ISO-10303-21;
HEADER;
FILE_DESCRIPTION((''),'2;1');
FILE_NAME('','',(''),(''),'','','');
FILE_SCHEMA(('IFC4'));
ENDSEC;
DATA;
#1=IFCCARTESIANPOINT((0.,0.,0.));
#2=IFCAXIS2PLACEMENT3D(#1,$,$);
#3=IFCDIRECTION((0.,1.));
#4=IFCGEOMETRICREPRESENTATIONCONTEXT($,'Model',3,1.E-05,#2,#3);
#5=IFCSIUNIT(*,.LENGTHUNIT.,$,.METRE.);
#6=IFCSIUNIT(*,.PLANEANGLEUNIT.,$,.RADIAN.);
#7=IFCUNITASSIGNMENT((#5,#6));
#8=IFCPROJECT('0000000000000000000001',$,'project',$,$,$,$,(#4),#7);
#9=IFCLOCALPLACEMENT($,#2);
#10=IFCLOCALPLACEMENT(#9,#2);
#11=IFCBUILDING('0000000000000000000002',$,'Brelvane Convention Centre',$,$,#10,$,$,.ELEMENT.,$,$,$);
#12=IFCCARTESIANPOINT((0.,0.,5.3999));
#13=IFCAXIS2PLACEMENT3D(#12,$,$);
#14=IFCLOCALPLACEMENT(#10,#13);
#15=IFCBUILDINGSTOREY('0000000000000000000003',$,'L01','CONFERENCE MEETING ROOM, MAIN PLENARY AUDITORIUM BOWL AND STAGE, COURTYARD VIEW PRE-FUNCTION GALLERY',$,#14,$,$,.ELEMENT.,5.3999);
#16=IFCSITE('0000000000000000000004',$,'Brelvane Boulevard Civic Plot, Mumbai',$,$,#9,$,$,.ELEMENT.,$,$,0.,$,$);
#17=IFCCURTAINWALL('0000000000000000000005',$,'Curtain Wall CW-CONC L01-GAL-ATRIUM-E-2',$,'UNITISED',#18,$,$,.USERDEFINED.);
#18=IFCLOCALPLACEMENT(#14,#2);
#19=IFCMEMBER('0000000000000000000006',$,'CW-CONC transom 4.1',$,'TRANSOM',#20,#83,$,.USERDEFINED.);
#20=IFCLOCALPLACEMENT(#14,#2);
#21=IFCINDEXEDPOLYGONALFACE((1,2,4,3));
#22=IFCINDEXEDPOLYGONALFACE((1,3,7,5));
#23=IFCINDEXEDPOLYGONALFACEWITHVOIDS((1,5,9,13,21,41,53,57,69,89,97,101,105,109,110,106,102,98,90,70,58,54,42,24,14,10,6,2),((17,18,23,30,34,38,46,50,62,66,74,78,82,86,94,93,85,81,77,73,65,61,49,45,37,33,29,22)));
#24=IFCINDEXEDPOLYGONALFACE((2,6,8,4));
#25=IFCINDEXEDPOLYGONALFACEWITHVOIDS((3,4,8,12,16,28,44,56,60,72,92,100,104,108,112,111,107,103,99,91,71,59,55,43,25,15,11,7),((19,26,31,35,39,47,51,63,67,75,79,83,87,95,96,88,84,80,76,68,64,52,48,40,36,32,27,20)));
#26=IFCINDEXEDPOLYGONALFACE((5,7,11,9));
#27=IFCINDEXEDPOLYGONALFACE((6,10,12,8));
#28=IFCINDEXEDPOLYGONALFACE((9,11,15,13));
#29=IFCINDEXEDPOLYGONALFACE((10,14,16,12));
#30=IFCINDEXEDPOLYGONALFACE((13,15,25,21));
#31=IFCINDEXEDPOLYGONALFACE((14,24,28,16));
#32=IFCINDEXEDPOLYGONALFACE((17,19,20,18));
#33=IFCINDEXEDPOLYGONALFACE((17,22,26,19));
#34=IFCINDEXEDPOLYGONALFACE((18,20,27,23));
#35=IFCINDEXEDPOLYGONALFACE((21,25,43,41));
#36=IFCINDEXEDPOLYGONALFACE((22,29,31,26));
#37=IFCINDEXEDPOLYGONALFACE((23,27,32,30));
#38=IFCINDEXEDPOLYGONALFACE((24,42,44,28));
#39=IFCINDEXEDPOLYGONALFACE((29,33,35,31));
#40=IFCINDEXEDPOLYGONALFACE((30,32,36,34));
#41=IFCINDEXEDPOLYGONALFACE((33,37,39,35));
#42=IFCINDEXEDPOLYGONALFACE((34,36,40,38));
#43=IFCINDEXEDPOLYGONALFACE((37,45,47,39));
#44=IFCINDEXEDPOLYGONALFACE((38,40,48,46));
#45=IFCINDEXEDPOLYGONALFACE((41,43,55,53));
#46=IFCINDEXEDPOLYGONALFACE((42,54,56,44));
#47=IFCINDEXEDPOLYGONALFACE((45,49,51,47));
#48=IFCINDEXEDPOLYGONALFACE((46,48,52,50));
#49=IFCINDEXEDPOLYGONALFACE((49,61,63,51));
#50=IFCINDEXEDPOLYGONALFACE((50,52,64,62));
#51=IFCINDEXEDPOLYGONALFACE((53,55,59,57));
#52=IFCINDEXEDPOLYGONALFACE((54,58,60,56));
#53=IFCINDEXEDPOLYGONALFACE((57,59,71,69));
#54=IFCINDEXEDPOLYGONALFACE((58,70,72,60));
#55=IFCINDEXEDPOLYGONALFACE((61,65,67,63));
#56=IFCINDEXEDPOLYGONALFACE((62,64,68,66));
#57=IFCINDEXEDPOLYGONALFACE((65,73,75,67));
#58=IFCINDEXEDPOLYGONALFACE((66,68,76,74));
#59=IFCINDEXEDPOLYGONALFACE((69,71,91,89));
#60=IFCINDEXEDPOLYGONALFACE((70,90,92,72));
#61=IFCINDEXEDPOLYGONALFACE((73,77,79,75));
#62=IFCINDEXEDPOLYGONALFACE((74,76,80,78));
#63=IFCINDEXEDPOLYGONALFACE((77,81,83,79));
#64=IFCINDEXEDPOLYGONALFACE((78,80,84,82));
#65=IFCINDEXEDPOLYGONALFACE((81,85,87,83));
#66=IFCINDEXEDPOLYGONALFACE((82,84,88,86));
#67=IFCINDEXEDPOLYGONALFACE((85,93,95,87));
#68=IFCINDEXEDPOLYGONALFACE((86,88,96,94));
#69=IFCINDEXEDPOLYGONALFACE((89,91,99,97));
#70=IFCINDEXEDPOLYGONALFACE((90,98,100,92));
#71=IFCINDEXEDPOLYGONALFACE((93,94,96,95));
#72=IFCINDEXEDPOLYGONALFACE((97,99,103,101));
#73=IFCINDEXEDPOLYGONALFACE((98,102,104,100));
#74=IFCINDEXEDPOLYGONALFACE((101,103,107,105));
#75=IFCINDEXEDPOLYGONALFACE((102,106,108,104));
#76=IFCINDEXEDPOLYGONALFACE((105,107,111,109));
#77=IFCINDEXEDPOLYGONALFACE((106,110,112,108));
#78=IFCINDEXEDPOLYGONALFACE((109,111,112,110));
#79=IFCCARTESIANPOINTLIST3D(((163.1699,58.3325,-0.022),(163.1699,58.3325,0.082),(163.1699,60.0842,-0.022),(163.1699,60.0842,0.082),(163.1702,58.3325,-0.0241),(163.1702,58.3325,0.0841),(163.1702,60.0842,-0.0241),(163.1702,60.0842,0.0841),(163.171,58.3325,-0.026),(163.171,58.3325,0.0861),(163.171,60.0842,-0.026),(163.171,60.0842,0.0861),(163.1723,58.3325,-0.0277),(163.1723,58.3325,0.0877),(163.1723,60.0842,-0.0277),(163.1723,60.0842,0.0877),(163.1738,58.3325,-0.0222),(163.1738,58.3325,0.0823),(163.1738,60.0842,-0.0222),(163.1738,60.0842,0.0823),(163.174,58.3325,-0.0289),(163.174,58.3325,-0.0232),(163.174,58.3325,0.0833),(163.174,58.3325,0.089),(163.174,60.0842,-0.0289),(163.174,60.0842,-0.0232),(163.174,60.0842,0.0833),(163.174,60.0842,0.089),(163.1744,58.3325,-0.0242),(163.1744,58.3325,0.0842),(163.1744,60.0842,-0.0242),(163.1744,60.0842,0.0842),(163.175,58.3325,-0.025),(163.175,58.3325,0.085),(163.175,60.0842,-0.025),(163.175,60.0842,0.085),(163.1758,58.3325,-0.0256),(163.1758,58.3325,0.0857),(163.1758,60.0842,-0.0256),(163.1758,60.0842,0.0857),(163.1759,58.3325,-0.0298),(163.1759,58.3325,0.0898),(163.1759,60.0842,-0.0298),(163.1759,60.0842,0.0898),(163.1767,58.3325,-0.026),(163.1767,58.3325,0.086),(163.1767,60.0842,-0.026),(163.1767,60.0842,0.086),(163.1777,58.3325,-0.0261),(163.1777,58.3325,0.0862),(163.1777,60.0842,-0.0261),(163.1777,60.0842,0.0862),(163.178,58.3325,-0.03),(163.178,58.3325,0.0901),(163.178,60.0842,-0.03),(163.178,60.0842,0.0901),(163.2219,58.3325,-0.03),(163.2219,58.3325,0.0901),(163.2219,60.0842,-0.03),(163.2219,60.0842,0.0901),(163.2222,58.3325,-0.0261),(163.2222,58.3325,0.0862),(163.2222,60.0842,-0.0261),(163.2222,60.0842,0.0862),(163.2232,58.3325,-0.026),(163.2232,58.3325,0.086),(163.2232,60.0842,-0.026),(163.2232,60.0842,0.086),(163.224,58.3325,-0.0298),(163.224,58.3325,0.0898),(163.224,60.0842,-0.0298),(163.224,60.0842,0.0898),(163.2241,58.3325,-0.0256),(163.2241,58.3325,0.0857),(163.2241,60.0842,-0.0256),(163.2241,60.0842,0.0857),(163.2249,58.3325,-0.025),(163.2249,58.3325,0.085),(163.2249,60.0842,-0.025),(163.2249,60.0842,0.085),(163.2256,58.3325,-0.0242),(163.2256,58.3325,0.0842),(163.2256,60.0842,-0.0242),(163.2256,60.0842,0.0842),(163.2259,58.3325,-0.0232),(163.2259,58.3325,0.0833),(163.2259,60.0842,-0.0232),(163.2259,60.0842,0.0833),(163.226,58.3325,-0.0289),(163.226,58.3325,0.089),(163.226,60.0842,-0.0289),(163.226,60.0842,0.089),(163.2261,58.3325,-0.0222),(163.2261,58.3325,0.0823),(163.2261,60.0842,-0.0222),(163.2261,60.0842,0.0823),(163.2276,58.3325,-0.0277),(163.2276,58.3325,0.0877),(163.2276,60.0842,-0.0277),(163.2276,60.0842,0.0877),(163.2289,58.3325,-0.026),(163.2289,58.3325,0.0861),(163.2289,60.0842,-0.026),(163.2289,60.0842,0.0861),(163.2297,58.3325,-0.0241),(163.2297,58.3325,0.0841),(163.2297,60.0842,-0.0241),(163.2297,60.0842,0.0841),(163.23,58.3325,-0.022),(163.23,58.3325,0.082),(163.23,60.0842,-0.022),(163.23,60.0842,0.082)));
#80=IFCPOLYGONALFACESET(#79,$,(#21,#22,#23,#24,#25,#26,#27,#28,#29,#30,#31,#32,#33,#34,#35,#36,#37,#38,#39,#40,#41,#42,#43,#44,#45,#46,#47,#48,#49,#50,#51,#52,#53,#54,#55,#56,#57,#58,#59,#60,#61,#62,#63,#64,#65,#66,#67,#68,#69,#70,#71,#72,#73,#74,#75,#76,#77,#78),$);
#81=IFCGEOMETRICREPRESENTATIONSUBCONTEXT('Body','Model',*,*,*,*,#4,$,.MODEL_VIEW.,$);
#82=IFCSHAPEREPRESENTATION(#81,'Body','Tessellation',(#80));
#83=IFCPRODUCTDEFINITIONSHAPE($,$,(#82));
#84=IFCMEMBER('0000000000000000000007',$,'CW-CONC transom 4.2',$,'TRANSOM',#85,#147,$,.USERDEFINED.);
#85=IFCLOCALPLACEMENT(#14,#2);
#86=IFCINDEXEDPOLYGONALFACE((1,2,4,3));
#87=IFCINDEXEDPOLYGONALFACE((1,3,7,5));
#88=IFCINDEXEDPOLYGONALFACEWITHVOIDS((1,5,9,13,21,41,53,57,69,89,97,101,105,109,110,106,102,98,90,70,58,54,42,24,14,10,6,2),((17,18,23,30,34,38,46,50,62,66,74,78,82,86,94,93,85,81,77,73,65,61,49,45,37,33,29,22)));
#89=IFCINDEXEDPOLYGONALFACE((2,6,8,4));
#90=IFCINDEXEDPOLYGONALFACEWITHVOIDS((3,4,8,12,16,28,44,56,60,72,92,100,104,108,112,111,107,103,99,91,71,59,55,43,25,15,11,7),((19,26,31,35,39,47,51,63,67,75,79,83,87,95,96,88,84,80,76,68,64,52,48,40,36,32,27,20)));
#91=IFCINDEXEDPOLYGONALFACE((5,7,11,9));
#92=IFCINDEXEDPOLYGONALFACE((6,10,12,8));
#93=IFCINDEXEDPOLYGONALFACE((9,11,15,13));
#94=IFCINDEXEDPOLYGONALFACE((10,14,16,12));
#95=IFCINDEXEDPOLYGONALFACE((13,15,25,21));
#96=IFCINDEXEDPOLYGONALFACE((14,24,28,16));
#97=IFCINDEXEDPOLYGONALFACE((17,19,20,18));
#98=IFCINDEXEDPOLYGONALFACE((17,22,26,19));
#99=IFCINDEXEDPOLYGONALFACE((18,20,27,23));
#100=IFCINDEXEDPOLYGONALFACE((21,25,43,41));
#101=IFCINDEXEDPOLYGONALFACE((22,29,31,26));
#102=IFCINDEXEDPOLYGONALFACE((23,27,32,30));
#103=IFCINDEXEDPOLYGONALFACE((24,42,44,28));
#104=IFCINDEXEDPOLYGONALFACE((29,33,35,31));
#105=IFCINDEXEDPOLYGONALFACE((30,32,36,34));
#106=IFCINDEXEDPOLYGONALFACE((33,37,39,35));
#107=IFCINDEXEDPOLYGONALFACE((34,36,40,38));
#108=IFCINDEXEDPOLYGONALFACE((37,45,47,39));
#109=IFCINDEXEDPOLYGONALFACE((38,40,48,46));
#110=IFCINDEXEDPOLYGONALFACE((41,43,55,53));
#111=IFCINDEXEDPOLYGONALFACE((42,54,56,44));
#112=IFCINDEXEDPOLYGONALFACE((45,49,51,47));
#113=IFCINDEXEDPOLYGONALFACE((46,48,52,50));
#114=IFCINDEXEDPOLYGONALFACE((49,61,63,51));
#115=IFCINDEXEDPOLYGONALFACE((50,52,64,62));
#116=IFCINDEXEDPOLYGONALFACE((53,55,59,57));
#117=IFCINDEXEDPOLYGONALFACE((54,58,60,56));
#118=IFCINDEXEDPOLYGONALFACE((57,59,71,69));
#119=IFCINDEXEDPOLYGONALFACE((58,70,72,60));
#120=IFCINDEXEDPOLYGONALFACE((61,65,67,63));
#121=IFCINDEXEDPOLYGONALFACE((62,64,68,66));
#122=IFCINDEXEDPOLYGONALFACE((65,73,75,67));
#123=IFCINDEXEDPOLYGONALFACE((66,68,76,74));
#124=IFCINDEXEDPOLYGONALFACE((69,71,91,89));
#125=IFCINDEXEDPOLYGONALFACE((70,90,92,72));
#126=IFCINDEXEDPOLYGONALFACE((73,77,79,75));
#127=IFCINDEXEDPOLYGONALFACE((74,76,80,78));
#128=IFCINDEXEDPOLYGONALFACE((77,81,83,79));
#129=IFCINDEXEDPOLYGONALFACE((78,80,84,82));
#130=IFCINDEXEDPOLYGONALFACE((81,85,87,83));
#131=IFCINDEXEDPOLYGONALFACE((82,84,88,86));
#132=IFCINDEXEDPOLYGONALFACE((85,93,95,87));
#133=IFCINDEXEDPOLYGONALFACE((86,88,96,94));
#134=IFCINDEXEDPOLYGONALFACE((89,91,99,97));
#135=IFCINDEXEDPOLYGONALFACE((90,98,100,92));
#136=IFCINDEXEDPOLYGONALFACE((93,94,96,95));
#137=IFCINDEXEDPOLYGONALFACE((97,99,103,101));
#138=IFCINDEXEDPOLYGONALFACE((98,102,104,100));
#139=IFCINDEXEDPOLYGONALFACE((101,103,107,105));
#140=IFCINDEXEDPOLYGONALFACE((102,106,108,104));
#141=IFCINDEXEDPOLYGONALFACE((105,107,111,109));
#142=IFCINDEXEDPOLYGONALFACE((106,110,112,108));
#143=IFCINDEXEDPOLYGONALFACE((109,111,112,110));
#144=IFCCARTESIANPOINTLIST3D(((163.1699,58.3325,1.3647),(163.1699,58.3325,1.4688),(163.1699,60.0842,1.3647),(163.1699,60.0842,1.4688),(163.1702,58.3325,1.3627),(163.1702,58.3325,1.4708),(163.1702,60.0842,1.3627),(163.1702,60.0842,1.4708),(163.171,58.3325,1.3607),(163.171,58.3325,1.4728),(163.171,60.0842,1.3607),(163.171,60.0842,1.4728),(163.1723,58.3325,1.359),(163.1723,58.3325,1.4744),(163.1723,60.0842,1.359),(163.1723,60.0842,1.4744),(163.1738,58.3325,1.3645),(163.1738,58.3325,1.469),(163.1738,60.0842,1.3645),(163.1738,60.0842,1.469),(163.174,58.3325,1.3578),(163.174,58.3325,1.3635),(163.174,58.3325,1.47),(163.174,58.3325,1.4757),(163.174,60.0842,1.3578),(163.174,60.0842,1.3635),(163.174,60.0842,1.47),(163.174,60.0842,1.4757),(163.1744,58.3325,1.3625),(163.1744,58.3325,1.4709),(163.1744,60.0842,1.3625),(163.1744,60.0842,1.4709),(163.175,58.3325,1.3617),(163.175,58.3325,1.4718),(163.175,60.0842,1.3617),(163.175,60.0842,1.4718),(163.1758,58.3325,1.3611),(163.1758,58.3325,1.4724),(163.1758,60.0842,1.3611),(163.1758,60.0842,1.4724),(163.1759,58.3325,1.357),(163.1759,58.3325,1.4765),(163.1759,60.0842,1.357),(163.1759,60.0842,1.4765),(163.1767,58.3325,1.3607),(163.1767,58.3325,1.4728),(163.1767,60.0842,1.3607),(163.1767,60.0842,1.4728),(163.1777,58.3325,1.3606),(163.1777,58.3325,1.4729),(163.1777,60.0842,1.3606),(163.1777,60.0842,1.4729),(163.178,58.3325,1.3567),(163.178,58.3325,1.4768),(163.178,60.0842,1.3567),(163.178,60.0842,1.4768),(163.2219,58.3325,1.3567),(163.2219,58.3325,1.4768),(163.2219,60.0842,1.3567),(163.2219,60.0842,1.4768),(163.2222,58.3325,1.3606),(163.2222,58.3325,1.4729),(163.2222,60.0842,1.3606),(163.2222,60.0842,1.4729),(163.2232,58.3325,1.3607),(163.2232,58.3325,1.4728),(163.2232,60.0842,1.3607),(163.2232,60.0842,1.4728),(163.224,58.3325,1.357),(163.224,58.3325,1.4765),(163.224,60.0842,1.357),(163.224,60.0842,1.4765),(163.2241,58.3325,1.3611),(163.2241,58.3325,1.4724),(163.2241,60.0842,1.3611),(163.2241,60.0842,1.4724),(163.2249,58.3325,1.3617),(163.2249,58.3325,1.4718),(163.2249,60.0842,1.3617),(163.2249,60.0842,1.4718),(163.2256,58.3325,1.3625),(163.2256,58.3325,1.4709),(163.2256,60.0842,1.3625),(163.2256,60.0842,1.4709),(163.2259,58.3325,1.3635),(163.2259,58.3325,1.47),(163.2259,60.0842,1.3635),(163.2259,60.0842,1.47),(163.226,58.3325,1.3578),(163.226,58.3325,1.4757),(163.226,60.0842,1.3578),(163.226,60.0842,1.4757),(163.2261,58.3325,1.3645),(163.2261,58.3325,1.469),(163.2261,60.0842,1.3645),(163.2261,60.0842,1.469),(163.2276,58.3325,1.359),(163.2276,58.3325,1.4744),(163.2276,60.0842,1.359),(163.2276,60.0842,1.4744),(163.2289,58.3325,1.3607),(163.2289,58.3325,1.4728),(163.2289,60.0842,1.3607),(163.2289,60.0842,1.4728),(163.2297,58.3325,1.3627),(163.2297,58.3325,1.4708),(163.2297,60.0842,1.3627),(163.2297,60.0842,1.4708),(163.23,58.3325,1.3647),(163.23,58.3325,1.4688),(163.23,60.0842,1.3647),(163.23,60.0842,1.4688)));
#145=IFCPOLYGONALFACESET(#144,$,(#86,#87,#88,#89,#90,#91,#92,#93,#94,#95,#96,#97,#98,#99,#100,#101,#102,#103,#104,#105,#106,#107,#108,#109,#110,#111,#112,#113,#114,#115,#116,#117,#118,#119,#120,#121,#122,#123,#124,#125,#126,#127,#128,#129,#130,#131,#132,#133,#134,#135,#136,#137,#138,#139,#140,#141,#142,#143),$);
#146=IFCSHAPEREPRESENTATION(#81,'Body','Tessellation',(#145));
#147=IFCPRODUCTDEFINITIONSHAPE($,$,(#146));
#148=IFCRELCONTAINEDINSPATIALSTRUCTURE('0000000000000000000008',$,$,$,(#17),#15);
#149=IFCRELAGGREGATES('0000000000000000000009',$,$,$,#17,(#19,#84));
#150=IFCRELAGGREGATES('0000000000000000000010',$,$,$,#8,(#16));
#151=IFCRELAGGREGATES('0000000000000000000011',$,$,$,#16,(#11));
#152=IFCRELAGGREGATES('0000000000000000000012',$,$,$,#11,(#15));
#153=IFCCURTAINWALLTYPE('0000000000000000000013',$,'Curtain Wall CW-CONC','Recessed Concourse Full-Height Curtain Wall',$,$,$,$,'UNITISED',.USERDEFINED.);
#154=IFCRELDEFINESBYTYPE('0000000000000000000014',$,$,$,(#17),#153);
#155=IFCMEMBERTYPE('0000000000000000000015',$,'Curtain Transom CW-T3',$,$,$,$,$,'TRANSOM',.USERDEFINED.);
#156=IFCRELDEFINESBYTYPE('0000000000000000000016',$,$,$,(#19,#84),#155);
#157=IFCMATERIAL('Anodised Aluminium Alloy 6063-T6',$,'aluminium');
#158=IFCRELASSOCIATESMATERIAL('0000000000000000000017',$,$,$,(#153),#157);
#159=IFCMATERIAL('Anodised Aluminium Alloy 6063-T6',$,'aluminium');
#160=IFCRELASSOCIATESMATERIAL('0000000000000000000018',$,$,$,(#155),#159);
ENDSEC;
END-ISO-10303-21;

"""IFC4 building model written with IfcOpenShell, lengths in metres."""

from ifc_helpers import new_model, si_unit, direction, frame, origin, origin_2d, place, context, subcontext, project, spatial, hollow_rectangle, extrude, material, material_profile, profile_set, type_object, element, aggregate, save


model = new_model("IFC4")

# Units and contexts
model_context = context("Model", 3, precision=1e-05, world=origin(), true_north=direction((0.0, 1.0)))
body_context = subcontext(model_context, "Body", "Model", "MODEL_VIEW")
ifc_project = project(units=[si_unit("LENGTHUNIT", "METRE"), si_unit("PLANEANGLEUNIT", "RADIAN")], contexts=[model_context])

# Site, building, storey
site_placement = place(None, origin())
site = spatial("IfcSite", under=ifc_project, at=site_placement, Name="Brelvane Boulevard Civic Plot, Mumbai", CompositionType="ELEMENT", RefElevation=0.0)
building_placement = place(site_placement, origin())
building = spatial("IfcBuilding", under=site, at=building_placement, Name="Brelvane Convention Centre", CompositionType="ELEMENT")
storey_placement = place(building_placement, frame((0.0, 0.0, 5.3999)))
storey = spatial("IfcBuildingStorey", under=building, at=storey_placement, Name="L01", Description="CONFERENCE MEETING ROOM, MAIN PLENARY AUDITORIUM BOWL AND STAGE, COURTYARD VIEW PRE-FUNCTION GALLERY", CompositionType="ELEMENT", Elevation=5.3999)

# Curtain wall, members
ifc_material_1 = material(Name="Anodised Aluminium Alloy 6063-T6", Category="aluminium")
curtain_wall_type = type_object("IfcCurtainWallType", Name="Curtain Wall CW-CONC", Description="Recessed Concourse Full-Height Curtain Wall", ElementType="UNITISED", PredefinedType="USERDEFINED", material=ifc_material_1)
curtain_wall_placement = place(storey_placement, origin())
curtain_wall = element("IfcCurtainWall", 1, at=curtain_wall_placement, inside=storey, type_object=curtain_wall_type, Name="Curtain Wall CW-CONC L01-GAL-ATRIUM-E-2", ObjectType="UNITISED", PredefinedType="USERDEFINED")
ifc_material_2 = material(Name="Anodised Aluminium Alloy 6063-T6", Category="aluminium")
ifc_material_profile_1 = material_profile(ifc_material_2, hollow_rectangle(XDim=0.0601, YDim=0.1201, WallThickness=0.0039, InnerFilletRadius=0.0039, OuterFilletRadius=0.0081, at=origin_2d()), Name="ALU-T 120x60x4.0")
ifc_profile_set_1 = profile_set([ifc_material_profile_1], Name="Anodised Aluminium Alloy 6063-T6")
member_type_1 = type_object("IfcMemberType", Name="Curtain Transom CW-T3", ElementType="TRANSOM", PredefinedType="USERDEFINED", material=ifc_profile_set_1)
member_1_placement = place(storey_placement, frame((163.2, 58.3325, 0.03), z_axis=(0.0, 1.0, 0.0), x_axis=(-1.0, 0.0, 0.0)))
member_1 = element("IfcMember", 2, at=member_1_placement, type_object=member_type_1, Name="CW-CONC transom 4.1", ObjectType="TRANSOM", PredefinedType="USERDEFINED", context=body_context, shape_type="SweptSolid", body=[
    extrude(hollow_rectangle(XDim=0.0601, YDim=0.1201, WallThickness=0.0039, InnerFilletRadius=0.0039, OuterFilletRadius=0.0081, at=origin_2d()), origin(), (0.0, 0.0, 1.0), 1.7517),
])
member_2_placement = place(storey_placement, frame((163.2, 58.3325, 1.4167), z_axis=(0.0, 1.0, 0.0), x_axis=(-1.0, 0.0, 0.0)))
member_2 = element("IfcMember", 3, at=member_2_placement, type_object=member_type_1, Name="CW-CONC transom 4.2", ObjectType="TRANSOM", PredefinedType="USERDEFINED", context=body_context, shape_type="SweptSolid", body=[
    extrude(hollow_rectangle(XDim=0.0601, YDim=0.1201, WallThickness=0.0039, InnerFilletRadius=0.0039, OuterFilletRadius=0.0081, at=origin_2d()), origin(), (0.0, 0.0, 1.0), 1.7517),
])

aggregate(curtain_wall, [member_1, member_2])

save(model, "model.ifc")
